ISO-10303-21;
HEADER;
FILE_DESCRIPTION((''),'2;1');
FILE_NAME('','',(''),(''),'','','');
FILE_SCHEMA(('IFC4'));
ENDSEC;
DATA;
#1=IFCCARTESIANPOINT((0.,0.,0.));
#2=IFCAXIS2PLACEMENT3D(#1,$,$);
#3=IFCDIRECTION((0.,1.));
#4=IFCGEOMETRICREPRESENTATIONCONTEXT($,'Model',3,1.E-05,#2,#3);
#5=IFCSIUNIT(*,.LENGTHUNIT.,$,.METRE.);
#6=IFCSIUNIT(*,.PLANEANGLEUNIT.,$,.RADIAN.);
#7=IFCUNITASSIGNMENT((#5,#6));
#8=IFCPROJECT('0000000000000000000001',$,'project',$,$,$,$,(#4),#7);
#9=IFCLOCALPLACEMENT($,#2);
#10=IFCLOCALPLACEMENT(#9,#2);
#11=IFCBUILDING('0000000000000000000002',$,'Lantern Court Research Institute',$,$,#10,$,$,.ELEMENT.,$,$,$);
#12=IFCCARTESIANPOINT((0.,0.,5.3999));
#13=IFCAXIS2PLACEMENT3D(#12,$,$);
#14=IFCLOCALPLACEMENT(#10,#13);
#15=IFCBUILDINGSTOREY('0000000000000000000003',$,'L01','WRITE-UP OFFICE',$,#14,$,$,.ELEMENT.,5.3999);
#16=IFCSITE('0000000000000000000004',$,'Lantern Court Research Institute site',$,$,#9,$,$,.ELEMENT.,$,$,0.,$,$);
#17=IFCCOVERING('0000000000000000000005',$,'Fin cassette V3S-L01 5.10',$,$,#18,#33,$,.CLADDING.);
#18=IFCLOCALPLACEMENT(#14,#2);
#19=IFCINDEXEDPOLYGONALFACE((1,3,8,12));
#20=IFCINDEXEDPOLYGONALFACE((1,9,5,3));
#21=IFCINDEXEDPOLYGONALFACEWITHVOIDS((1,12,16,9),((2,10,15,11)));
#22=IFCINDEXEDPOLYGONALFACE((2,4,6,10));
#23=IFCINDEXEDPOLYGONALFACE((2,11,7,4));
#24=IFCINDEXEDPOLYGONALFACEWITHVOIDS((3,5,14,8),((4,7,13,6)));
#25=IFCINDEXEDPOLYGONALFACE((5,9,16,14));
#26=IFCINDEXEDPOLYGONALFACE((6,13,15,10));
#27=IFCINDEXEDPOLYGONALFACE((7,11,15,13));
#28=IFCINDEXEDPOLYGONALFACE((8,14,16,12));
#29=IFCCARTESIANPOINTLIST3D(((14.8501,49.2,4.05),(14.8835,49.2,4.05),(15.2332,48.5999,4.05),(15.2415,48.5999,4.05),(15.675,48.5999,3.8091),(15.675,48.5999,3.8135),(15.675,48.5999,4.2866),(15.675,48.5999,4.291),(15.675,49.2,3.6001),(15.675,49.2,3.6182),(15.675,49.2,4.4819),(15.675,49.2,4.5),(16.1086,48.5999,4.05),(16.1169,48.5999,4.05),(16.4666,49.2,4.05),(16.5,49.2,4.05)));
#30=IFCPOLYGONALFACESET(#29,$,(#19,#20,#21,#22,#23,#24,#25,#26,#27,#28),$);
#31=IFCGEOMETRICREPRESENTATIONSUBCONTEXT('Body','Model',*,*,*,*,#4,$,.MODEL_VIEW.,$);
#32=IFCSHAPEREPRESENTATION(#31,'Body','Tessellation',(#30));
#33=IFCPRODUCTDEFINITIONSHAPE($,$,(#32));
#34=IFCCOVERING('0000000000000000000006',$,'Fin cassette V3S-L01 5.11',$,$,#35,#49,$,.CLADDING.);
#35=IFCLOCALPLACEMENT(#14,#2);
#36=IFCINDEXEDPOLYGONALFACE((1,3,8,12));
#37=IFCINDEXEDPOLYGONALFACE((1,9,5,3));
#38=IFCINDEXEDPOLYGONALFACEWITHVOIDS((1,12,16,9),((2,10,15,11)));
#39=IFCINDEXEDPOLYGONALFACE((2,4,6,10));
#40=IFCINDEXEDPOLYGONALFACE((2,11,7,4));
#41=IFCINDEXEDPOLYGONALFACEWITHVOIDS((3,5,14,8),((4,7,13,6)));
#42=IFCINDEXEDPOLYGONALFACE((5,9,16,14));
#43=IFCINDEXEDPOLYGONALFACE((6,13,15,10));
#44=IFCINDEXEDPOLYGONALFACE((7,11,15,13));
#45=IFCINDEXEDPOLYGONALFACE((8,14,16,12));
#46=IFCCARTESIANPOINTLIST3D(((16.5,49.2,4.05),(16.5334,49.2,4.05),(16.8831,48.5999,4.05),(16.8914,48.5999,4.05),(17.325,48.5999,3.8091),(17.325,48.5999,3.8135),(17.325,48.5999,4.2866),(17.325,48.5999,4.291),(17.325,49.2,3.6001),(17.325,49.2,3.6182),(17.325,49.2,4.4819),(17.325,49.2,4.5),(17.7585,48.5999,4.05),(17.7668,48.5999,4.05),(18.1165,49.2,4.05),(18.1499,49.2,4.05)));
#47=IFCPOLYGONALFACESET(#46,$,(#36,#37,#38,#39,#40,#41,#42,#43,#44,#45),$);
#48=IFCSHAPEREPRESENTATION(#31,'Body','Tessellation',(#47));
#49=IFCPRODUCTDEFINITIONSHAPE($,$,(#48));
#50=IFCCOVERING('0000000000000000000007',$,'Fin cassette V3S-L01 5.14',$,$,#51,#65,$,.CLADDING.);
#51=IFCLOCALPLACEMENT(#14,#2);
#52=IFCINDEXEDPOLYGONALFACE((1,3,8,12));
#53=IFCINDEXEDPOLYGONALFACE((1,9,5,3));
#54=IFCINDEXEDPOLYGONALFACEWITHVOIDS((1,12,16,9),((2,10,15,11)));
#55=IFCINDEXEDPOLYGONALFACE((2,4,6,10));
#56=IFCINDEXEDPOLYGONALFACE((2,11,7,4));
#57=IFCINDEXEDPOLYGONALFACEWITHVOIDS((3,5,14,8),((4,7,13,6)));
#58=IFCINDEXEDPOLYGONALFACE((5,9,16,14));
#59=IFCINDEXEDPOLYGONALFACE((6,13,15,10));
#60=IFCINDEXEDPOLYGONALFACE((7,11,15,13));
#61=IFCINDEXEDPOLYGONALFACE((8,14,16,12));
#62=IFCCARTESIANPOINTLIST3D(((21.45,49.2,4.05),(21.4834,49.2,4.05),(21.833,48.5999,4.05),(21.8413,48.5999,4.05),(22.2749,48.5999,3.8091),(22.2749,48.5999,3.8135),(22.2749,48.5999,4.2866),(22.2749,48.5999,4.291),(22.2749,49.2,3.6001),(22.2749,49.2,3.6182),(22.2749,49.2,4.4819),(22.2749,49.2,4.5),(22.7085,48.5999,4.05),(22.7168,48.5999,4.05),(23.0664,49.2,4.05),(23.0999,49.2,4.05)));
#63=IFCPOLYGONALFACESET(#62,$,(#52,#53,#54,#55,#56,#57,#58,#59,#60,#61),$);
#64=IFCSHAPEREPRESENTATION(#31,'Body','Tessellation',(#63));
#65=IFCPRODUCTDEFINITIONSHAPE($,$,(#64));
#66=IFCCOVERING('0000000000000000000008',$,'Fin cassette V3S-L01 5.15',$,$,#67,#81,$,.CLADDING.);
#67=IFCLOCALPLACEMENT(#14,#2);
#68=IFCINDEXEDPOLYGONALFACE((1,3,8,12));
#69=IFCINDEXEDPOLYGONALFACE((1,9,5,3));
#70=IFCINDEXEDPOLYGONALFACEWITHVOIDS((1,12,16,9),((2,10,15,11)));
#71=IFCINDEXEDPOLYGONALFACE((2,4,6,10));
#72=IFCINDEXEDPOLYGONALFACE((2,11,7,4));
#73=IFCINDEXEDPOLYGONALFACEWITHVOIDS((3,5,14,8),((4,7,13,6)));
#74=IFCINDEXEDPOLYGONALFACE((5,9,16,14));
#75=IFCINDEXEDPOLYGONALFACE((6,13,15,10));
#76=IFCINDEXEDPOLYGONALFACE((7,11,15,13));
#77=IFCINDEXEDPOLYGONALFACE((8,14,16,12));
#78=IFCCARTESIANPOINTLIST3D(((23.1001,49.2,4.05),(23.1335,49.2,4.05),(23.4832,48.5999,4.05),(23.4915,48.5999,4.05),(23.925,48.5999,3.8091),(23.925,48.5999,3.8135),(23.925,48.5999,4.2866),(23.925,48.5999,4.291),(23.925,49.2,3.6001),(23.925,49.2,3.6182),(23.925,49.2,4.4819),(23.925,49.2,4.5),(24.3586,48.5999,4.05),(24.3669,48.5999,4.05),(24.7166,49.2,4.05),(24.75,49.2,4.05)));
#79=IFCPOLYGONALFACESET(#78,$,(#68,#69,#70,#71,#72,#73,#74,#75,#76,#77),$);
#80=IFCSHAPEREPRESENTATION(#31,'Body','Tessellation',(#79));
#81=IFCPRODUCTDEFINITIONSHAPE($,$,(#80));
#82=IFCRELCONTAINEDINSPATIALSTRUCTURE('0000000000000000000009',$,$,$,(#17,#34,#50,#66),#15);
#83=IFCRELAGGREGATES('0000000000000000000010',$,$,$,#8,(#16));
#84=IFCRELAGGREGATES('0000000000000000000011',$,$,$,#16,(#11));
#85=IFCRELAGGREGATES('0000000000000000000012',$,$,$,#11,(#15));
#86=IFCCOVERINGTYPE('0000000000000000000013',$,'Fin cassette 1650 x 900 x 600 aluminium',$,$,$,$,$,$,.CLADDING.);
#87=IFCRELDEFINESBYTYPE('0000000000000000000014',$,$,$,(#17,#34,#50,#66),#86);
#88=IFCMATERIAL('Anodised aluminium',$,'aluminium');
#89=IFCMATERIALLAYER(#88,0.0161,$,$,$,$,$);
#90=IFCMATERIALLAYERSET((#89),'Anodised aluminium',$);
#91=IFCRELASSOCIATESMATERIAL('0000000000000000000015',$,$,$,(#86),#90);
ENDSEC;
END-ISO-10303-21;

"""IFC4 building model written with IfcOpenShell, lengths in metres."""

from ifc_helpers import new_model, entity, si_unit, direction, frame, origin, place, context, subcontext, project, spatial, material, layer, layer_set, type_object, element, save


model = new_model("IFC4")

# Units and contexts
model_context = context("Model", 3, precision=1e-05, world=origin(), true_north=direction((0.0, 1.0)))
body_context = subcontext(model_context, "Body", "Model", "MODEL_VIEW")
ifc_project = project(units=[si_unit("LENGTHUNIT", "METRE"), si_unit("PLANEANGLEUNIT", "RADIAN")], contexts=[model_context])

# Site, building, storey
site_placement = place(None, origin())
site = spatial("IfcSite", under=ifc_project, at=site_placement, Name="Lantern Court Research Institute site", CompositionType="ELEMENT", RefElevation=0.0)
building_placement = place(site_placement, origin())
building = spatial("IfcBuilding", under=site, at=building_placement, Name="Lantern Court Research Institute", CompositionType="ELEMENT")
storey_placement = place(building_placement, frame((0.0, 0.0, 5.3999)))
storey = spatial("IfcBuildingStorey", under=building, at=storey_placement, Name="L01", Description="WRITE-UP OFFICE", CompositionType="ELEMENT", Elevation=5.3999)

# Coverings
ifc_material_1 = material(Name="Anodised aluminium", Category="aluminium")
ifc_layer_1 = layer(ifc_material_1, 0.0161)
ifc_layer_set_1 = layer_set([ifc_layer_1], Name="Anodised aluminium")
covering_type_1 = type_object("IfcCoveringType", Name="Fin cassette 1650 x 900 x 600 aluminium", PredefinedType="CLADDING", material=ifc_layer_set_1)
covering_1_placement = place(storey_placement, frame((15.675, 49.2, 4.05), z_axis=(0.0, -1.0, 0.0), x_axis=(1.0, 0.0, 0.0)))
cartesian_point_1 = entity("IfcCartesianPoint", [0.825, 0.0])
cartesian_point_2 = entity("IfcCartesianPoint", [0.7915, 0.0])
cartesian_point_3 = entity("IfcCartesianPoint", [0.4419, 0.0])
cartesian_point_4 = entity("IfcCartesianPoint", [0.4336, 0.0])
element("IfcCovering", 1, at=covering_1_placement, inside=storey, type_object=covering_type_1, Name="Fin cassette V3S-L01 5.10", PredefinedType="CLADDING", context=body_context, shape_type="SweptSolid", body=[
    entity("IfcExtrudedAreaSolidTapered", entity("IfcArbitraryProfileDefWithVoids", "AREA", None, entity("IfcPolyline", [cartesian_point_1, entity("IfcCartesianPoint", [0.0, 0.45]), entity("IfcCartesianPoint", [-0.825, 0.0]), entity("IfcCartesianPoint", [0.0, -0.45]), cartesian_point_1]), [entity("IfcPolyline", [cartesian_point_2, entity("IfcCartesianPoint", [0.0, 0.4319]), entity("IfcCartesianPoint", [-0.7915, 0.0]), entity("IfcCartesianPoint", [0.0, -0.4319]), cartesian_point_2])]), entity("IfcAxis2Placement3D", entity("IfcCartesianPoint", [0.0, 0.0, 0.0])), entity("IfcDirection", [0.0, 0.0, 1.0]), 0.6001, entity("IfcArbitraryProfileDefWithVoids", "AREA", None, entity("IfcPolyline", [cartesian_point_3, entity("IfcCartesianPoint", [0.0, 0.241]), entity("IfcCartesianPoint", [-0.4419, 0.0]), entity("IfcCartesianPoint", [0.0, -0.241]), cartesian_point_3]), [entity("IfcPolyline", [cartesian_point_4, entity("IfcCartesianPoint", [0.0, 0.2366]), entity("IfcCartesianPoint", [-0.4336, 0.0]), entity("IfcCartesianPoint", [0.0, -0.2366]), cartesian_point_4])])),
])
covering_2_placement = place(storey_placement, frame((17.325, 49.2, 4.05), z_axis=(0.0, -1.0, 0.0), x_axis=(1.0, 0.0, 0.0)))
cartesian_point_5 = entity("IfcCartesianPoint", [0.825, 0.0])
cartesian_point_6 = entity("IfcCartesianPoint", [0.7915, 0.0])
cartesian_point_7 = entity("IfcCartesianPoint", [0.4419, 0.0])
cartesian_point_8 = entity("IfcCartesianPoint", [0.4336, 0.0])
element("IfcCovering", 2, at=covering_2_placement, inside=storey, type_object=covering_type_1, Name="Fin cassette V3S-L01 5.11", PredefinedType="CLADDING", context=body_context, shape_type="SweptSolid", body=[
    entity("IfcExtrudedAreaSolidTapered", entity("IfcArbitraryProfileDefWithVoids", "AREA", None, entity("IfcPolyline", [cartesian_point_5, entity("IfcCartesianPoint", [0.0, 0.45]), entity("IfcCartesianPoint", [-0.825, 0.0]), entity("IfcCartesianPoint", [0.0, -0.45]), cartesian_point_5]), [entity("IfcPolyline", [cartesian_point_6, entity("IfcCartesianPoint", [0.0, 0.4319]), entity("IfcCartesianPoint", [-0.7915, 0.0]), entity("IfcCartesianPoint", [0.0, -0.4319]), cartesian_point_6])]), entity("IfcAxis2Placement3D", entity("IfcCartesianPoint", [0.0, 0.0, 0.0])), entity("IfcDirection", [0.0, 0.0, 1.0]), 0.6001, entity("IfcArbitraryProfileDefWithVoids", "AREA", None, entity("IfcPolyline", [cartesian_point_7, entity("IfcCartesianPoint", [0.0, 0.241]), entity("IfcCartesianPoint", [-0.4419, 0.0]), entity("IfcCartesianPoint", [0.0, -0.241]), cartesian_point_7]), [entity("IfcPolyline", [cartesian_point_8, entity("IfcCartesianPoint", [0.0, 0.2366]), entity("IfcCartesianPoint", [-0.4336, 0.0]), entity("IfcCartesianPoint", [0.0, -0.2366]), cartesian_point_8])])),
])
covering_3_placement = place(storey_placement, frame((22.2749, 49.2, 4.05), z_axis=(0.0, -1.0, 0.0), x_axis=(1.0, 0.0, 0.0)))
cartesian_point_9 = entity("IfcCartesianPoint", [0.825, 0.0])
cartesian_point_10 = entity("IfcCartesianPoint", [0.7915, 0.0])
cartesian_point_11 = entity("IfcCartesianPoint", [0.4419, 0.0])
cartesian_point_12 = entity("IfcCartesianPoint", [0.4336, 0.0])
element("IfcCovering", 3, at=covering_3_placement, inside=storey, type_object=covering_type_1, Name="Fin cassette V3S-L01 5.14", PredefinedType="CLADDING", context=body_context, shape_type="SweptSolid", body=[
    entity("IfcExtrudedAreaSolidTapered", entity("IfcArbitraryProfileDefWithVoids", "AREA", None, entity("IfcPolyline", [cartesian_point_9, entity("IfcCartesianPoint", [0.0, 0.45]), entity("IfcCartesianPoint", [-0.825, 0.0]), entity("IfcCartesianPoint", [0.0, -0.45]), cartesian_point_9]), [entity("IfcPolyline", [cartesian_point_10, entity("IfcCartesianPoint", [0.0, 0.4319]), entity("IfcCartesianPoint", [-0.7915, 0.0]), entity("IfcCartesianPoint", [0.0, -0.4319]), cartesian_point_10])]), entity("IfcAxis2Placement3D", entity("IfcCartesianPoint", [0.0, 0.0, 0.0])), entity("IfcDirection", [0.0, 0.0, 1.0]), 0.6001, entity("IfcArbitraryProfileDefWithVoids", "AREA", None, entity("IfcPolyline", [cartesian_point_11, entity("IfcCartesianPoint", [0.0, 0.241]), entity("IfcCartesianPoint", [-0.4419, 0.0]), entity("IfcCartesianPoint", [0.0, -0.241]), cartesian_point_11]), [entity("IfcPolyline", [cartesian_point_12, entity("IfcCartesianPoint", [0.0, 0.2366]), entity("IfcCartesianPoint", [-0.4336, 0.0]), entity("IfcCartesianPoint", [0.0, -0.2366]), cartesian_point_12])])),
])
covering_4_placement = place(storey_placement, frame((23.925, 49.2, 4.05), z_axis=(0.0, -1.0, 0.0), x_axis=(1.0, 0.0, 0.0)))
cartesian_point_13 = entity("IfcCartesianPoint", [0.825, 0.0])
cartesian_point_14 = entity("IfcCartesianPoint", [0.7915, 0.0])
cartesian_point_15 = entity("IfcCartesianPoint", [0.4419, 0.0])
cartesian_point_16 = entity("IfcCartesianPoint", [0.4336, 0.0])
element("IfcCovering", 4, at=covering_4_placement, inside=storey, type_object=covering_type_1, Name="Fin cassette V3S-L01 5.15", PredefinedType="CLADDING", context=body_context, shape_type="SweptSolid", body=[
    entity("IfcExtrudedAreaSolidTapered", entity("IfcArbitraryProfileDefWithVoids", "AREA", None, entity("IfcPolyline", [cartesian_point_13, entity("IfcCartesianPoint", [0.0, 0.45]), entity("IfcCartesianPoint", [-0.825, 0.0]), entity("IfcCartesianPoint", [0.0, -0.45]), cartesian_point_13]), [entity("IfcPolyline", [cartesian_point_14, entity("IfcCartesianPoint", [0.0, 0.4319]), entity("IfcCartesianPoint", [-0.7915, 0.0]), entity("IfcCartesianPoint", [0.0, -0.4319]), cartesian_point_14])]), entity("IfcAxis2Placement3D", entity("IfcCartesianPoint", [0.0, 0.0, 0.0])), entity("IfcDirection", [0.0, 0.0, 1.0]), 0.6001, entity("IfcArbitraryProfileDefWithVoids", "AREA", None, entity("IfcPolyline", [cartesian_point_15, entity("IfcCartesianPoint", [0.0, 0.241]), entity("IfcCartesianPoint", [-0.4419, 0.0]), entity("IfcCartesianPoint", [0.0, -0.241]), cartesian_point_15]), [entity("IfcPolyline", [cartesian_point_16, entity("IfcCartesianPoint", [0.0, 0.2366]), entity("IfcCartesianPoint", [-0.4336, 0.0]), entity("IfcCartesianPoint", [0.0, -0.2366]), cartesian_point_16])])),
])

save(model, "model.ifc")
